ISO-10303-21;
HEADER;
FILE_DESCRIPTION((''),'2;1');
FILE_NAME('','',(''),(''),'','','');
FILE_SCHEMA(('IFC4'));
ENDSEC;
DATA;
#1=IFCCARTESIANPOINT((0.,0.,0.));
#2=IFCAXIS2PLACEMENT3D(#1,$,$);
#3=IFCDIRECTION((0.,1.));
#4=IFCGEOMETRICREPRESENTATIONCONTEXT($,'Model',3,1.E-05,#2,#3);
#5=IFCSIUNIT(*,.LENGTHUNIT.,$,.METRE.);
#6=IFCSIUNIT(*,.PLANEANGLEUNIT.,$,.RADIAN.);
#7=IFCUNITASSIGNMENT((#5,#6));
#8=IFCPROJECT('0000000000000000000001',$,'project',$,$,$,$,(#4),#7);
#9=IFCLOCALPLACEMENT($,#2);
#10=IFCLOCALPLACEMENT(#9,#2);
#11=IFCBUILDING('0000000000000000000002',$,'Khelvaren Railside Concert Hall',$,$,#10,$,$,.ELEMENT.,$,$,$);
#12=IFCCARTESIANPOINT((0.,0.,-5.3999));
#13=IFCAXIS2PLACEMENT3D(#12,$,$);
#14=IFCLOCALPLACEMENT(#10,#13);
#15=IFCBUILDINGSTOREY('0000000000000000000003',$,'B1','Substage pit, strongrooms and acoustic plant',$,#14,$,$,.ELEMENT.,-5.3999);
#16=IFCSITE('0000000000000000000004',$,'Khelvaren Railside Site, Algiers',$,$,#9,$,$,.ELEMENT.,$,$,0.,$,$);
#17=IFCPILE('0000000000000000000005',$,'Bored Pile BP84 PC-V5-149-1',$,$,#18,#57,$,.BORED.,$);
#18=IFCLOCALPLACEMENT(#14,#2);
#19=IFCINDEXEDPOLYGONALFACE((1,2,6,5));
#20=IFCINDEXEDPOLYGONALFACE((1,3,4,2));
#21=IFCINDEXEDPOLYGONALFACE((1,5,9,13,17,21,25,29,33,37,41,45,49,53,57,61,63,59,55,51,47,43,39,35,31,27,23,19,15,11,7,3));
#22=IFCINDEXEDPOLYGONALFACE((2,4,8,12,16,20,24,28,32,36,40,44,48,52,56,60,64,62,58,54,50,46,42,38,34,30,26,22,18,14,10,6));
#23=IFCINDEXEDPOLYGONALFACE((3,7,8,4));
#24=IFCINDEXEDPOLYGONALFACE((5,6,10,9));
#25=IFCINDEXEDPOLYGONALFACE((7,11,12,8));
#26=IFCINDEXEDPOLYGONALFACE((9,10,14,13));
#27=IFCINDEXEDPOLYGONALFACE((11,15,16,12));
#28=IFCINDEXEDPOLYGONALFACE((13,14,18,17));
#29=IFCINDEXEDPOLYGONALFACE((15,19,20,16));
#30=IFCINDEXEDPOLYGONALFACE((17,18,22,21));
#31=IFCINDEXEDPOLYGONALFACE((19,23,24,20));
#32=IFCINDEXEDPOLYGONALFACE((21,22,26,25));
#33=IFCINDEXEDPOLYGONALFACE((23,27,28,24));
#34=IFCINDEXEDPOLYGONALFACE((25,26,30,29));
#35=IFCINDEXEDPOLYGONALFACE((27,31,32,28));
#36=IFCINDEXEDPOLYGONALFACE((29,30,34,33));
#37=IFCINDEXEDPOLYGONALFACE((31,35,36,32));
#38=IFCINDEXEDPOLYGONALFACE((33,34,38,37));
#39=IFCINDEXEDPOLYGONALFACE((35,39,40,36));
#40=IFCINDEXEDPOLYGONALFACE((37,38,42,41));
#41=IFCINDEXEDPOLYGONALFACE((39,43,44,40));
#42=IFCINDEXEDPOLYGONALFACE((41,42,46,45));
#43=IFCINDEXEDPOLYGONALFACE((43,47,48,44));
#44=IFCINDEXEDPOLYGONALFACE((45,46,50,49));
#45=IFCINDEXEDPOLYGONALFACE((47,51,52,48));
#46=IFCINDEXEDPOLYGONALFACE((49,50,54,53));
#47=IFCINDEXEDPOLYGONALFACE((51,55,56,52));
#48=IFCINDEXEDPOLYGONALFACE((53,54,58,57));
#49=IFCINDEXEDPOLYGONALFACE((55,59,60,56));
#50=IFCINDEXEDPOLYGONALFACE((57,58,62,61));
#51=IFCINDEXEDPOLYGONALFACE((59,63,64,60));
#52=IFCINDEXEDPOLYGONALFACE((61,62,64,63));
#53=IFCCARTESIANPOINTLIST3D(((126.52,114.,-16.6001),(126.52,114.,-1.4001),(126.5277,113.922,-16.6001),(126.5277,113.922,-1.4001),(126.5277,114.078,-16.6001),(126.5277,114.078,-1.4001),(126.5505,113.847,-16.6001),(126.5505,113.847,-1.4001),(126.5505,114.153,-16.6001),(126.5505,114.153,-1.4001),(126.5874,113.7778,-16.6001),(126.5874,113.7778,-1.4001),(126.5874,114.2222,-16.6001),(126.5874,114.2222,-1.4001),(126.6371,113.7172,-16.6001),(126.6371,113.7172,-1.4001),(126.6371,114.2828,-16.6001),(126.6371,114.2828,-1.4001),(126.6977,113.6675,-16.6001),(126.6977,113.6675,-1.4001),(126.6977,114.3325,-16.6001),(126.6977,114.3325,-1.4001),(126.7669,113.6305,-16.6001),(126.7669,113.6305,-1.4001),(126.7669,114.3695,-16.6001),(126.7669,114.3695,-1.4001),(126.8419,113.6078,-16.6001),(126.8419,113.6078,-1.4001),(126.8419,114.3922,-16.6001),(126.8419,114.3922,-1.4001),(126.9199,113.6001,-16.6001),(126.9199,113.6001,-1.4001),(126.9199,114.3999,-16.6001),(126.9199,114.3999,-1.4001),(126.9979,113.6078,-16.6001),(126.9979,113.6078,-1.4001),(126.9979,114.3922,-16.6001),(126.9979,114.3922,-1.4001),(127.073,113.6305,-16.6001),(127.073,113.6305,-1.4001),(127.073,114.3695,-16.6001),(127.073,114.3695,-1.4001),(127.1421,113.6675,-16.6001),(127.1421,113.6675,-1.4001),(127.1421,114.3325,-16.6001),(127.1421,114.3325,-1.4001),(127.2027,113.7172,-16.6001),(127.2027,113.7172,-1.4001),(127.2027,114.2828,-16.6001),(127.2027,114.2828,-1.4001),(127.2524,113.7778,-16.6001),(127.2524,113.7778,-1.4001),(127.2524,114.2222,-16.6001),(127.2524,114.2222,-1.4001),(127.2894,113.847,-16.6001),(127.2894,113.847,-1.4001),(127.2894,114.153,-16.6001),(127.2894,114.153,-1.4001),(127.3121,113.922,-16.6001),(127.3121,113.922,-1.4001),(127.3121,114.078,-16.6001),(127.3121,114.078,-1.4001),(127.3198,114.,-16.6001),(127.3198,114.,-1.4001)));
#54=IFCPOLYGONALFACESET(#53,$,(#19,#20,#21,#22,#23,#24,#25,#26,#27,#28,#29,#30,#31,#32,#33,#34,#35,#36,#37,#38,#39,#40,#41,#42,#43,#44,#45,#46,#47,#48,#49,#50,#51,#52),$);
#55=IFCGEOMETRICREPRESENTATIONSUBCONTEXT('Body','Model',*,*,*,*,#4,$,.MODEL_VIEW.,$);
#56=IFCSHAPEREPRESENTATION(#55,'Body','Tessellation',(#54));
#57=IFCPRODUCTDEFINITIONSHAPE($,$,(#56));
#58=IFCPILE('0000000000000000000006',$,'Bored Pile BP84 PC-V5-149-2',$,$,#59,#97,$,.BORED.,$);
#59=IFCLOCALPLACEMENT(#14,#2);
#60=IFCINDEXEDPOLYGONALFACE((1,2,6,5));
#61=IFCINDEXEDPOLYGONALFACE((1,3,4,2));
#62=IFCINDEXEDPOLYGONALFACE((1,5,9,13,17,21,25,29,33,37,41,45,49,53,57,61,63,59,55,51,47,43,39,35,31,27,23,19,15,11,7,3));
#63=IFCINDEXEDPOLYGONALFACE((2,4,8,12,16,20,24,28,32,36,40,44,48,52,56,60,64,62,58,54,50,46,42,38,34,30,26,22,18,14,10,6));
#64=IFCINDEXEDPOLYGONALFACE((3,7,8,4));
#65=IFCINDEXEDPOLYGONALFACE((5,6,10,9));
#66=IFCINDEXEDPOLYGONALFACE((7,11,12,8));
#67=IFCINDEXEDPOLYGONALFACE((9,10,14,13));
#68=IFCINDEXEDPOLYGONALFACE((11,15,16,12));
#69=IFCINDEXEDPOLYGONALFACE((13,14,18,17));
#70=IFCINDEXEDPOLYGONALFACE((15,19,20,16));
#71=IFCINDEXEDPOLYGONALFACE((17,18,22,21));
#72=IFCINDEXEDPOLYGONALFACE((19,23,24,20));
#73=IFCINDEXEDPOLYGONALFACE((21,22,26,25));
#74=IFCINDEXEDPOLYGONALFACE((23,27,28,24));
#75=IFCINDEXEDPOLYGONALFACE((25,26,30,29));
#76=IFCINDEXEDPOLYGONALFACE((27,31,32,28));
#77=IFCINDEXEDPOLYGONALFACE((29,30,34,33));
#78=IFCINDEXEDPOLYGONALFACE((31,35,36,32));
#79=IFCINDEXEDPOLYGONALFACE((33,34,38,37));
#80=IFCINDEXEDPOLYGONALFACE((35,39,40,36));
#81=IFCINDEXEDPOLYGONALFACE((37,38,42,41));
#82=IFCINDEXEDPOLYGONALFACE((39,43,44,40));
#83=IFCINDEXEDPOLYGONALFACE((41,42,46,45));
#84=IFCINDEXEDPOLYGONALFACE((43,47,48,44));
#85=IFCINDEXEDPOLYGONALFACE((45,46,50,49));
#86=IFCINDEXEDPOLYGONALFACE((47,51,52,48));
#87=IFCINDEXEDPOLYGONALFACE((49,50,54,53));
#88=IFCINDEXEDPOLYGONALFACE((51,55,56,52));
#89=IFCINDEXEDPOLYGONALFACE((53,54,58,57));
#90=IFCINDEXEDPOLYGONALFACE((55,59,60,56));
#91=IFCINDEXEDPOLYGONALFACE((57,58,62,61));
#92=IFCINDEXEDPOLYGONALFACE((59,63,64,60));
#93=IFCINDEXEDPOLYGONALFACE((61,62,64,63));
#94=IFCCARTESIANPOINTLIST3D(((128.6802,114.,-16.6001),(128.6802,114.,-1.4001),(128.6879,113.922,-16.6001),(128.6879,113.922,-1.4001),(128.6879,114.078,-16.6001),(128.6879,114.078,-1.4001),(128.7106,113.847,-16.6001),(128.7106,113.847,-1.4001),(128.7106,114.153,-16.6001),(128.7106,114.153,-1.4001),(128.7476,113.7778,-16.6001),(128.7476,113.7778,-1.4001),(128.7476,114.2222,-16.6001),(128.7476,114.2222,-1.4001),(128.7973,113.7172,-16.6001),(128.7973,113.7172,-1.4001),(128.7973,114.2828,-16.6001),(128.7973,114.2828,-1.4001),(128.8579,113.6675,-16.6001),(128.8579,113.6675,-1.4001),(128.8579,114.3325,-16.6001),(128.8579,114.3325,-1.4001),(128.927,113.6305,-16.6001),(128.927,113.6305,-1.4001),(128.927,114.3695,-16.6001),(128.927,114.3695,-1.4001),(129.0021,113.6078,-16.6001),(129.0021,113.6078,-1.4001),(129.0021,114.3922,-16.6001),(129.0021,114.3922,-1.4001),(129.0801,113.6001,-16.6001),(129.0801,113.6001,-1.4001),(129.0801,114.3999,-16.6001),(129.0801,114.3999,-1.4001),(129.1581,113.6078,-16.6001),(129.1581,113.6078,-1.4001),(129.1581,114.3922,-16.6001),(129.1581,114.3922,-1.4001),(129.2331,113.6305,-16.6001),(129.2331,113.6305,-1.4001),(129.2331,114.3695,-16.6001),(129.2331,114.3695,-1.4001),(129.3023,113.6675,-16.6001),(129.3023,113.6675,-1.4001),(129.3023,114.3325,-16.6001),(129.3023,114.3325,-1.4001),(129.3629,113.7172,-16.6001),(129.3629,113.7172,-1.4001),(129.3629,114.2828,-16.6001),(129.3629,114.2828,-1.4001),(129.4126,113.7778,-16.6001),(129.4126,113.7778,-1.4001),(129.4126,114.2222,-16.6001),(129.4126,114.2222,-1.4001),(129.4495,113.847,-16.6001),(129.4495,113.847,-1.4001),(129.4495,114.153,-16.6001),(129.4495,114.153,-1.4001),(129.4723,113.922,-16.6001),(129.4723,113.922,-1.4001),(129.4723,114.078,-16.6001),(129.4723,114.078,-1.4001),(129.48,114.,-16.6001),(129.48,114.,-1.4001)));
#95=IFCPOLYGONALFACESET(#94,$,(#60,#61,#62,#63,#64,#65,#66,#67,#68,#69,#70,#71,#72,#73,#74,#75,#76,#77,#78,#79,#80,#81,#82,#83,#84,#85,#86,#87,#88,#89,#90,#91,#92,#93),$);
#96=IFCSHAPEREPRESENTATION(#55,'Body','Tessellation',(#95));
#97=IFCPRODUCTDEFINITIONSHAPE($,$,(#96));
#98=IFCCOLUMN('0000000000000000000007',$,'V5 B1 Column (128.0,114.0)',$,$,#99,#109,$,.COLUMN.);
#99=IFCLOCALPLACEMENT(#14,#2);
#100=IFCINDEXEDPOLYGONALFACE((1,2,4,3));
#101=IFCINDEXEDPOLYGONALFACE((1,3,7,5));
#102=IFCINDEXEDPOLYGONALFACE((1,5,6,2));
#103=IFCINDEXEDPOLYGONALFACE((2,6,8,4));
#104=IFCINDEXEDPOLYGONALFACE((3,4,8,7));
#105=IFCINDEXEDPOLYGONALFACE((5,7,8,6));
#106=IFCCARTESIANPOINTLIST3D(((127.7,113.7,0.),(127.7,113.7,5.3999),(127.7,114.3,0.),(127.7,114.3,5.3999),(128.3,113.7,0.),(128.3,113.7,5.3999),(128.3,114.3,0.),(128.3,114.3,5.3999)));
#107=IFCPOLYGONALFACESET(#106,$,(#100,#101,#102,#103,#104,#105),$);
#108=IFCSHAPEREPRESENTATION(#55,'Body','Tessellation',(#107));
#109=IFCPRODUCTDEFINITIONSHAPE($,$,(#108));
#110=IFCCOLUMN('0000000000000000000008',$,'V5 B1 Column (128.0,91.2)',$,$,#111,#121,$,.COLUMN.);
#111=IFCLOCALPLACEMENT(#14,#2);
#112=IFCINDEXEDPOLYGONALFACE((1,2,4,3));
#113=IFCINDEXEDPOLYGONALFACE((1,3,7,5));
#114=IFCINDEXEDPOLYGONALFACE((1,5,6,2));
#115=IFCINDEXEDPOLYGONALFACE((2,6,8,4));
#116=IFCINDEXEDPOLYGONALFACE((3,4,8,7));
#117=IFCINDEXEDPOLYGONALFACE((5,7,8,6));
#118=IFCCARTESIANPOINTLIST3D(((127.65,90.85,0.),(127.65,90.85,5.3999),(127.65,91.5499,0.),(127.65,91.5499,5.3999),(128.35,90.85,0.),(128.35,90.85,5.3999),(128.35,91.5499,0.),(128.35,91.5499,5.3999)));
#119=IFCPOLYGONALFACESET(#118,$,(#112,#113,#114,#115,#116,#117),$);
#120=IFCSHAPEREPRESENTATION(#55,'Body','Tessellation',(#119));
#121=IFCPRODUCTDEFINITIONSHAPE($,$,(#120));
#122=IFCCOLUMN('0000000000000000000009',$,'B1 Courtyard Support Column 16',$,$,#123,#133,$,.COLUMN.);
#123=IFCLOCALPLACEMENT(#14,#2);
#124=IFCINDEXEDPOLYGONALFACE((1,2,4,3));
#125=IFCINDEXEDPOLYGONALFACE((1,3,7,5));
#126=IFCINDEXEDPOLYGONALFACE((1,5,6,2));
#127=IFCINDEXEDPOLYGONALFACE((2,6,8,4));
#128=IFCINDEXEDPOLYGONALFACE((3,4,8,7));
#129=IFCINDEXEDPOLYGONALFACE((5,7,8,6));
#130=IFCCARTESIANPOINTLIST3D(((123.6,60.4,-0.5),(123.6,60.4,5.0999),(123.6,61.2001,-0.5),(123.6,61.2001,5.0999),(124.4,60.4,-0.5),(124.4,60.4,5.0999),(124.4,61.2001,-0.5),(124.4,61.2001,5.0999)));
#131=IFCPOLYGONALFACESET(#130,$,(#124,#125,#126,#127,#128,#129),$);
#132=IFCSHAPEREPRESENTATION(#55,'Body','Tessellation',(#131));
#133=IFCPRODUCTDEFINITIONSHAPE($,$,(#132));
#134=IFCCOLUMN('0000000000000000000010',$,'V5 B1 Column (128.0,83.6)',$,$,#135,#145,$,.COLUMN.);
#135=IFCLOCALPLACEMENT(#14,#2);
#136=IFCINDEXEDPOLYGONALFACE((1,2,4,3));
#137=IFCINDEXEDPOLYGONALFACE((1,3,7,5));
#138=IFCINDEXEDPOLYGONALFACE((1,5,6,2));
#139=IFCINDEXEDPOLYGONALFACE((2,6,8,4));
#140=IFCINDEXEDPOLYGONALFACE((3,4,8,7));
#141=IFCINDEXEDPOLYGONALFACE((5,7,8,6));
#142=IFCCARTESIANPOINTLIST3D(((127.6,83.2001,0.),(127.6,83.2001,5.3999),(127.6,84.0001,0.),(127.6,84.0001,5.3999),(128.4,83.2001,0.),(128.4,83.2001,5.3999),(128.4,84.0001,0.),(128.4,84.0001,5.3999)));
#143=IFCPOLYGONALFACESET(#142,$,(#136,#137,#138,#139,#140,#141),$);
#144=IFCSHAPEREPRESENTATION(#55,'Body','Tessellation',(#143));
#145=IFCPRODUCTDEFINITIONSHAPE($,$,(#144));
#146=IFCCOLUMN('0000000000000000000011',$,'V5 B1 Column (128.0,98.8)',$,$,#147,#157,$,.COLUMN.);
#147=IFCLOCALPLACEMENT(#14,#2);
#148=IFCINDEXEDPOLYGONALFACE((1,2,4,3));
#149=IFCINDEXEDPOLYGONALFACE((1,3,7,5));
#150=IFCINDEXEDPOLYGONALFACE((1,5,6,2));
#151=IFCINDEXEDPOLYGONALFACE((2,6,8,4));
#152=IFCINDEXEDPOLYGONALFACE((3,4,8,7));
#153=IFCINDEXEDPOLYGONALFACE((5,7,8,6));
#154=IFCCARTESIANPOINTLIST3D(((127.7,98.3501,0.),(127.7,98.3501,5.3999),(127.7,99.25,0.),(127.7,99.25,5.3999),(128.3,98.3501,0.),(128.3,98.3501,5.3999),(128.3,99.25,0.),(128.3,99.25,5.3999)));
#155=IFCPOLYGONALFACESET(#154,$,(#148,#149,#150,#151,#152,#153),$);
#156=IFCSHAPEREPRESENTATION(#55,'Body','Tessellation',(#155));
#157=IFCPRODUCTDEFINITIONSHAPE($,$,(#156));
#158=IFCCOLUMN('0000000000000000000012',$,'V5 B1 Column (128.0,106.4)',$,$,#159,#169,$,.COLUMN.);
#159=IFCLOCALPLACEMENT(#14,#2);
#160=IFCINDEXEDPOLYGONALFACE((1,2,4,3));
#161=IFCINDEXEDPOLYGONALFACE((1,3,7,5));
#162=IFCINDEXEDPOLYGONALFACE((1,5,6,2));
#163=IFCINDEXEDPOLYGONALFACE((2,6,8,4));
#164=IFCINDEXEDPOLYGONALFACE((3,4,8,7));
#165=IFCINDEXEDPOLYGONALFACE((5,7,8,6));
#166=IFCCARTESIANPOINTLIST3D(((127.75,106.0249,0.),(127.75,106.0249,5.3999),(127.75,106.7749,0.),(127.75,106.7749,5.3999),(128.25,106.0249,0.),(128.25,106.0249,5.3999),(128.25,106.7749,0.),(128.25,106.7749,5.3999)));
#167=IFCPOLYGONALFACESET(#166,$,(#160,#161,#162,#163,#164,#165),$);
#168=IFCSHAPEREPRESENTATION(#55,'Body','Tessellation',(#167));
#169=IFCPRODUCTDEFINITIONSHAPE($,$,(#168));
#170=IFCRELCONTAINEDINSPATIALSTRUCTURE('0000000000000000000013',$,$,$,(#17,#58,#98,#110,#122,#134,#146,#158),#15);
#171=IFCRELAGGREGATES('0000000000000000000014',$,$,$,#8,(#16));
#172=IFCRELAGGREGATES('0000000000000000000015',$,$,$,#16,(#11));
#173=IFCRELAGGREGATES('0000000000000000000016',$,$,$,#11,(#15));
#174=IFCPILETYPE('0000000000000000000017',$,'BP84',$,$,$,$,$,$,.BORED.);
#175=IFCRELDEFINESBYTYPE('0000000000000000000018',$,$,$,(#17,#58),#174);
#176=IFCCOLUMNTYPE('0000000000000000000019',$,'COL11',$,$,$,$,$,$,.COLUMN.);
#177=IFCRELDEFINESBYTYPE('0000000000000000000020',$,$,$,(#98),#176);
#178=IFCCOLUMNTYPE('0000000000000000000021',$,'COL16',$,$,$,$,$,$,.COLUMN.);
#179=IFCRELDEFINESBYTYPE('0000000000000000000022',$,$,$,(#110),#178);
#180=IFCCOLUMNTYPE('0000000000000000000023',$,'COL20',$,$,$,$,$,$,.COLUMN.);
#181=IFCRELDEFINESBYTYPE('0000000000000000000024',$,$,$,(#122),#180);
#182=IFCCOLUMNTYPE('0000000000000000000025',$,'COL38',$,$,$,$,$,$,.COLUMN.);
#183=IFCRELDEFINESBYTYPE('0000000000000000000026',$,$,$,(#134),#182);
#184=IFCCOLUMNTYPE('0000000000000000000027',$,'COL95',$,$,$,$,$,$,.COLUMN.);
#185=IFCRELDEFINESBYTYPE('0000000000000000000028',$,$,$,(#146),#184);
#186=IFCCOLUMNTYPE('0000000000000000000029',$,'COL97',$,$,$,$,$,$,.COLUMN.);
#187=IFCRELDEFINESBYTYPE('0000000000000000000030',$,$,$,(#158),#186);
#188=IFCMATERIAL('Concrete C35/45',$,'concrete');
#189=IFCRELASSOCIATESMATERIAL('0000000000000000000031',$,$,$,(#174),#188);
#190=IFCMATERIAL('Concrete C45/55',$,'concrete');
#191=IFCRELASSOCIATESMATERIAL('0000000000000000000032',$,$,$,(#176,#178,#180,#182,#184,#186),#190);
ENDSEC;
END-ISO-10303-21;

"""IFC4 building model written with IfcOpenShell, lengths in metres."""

from ifc_helpers import new_model, si_unit, direction, frame, origin, origin_2d, place, context, subcontext, project, spatial, rectangle, circle, extrude, material, material_profile, profile_set, type_object, element, save


model = new_model("IFC4")

# Units and contexts
model_context = context("Model", 3, precision=1e-05, world=origin(), true_north=direction((0.0, 1.0)))
body_context = subcontext(model_context, "Body", "Model", "MODEL_VIEW")
ifc_project = project(units=[si_unit("LENGTHUNIT", "METRE"), si_unit("PLANEANGLEUNIT", "RADIAN")], contexts=[model_context])

# Site, building, storey
site_placement = place(None, origin())
site = spatial("IfcSite", under=ifc_project, at=site_placement, Name="Khelvaren Railside Site, Algiers", CompositionType="ELEMENT", RefElevation=0.0)
building_placement = place(site_placement, origin())
building = spatial("IfcBuilding", under=site, at=building_placement, Name="Khelvaren Railside Concert Hall", CompositionType="ELEMENT")
storey_placement = place(building_placement, frame((0.0, 0.0, -5.3999)))
storey = spatial("IfcBuildingStorey", under=building, at=storey_placement, Name="B1", Description="Substage pit, strongrooms and acoustic plant", CompositionType="ELEMENT", Elevation=-5.3999)

# Piles
ifc_material_1 = material(Name="Concrete C35/45", Category="concrete")
ifc_material_profile_1 = material_profile(ifc_material_1, circle(Radius=0.3999, at=origin_2d()), Name="BP D800")
ifc_profile_set_1 = profile_set([ifc_material_profile_1], Name="Concrete C35/45")
pile_type = type_object("IfcPileType", Name="BP84", PredefinedType="BORED", material=ifc_profile_set_1)
for number, where, z_axis, x_axis, name in (
    (1, (126.9199, 114.0, -1.4001), (0.0, 0.0, -1.0), (1.0, 0.0, 0.0), "Bored Pile BP84 PC-V5-149-1"),
    (2, (129.0801, 114.0, -1.4001), (0.0, 0.0, -1.0), (1.0, 0.0, 0.0), "Bored Pile BP84 PC-V5-149-2"),
):
    element("IfcPile", number, at=place(storey_placement, frame(where, z_axis=z_axis, x_axis=x_axis)), inside=storey, type_object=pile_type, Name=name, PredefinedType="BORED", context=body_context, shape_type="SweptSolid", body=[
        extrude(circle(Radius=0.3999, at=origin_2d()), origin(), (0.0, 0.0, 1.0), 15.2),
    ])

# Columns
ifc_material_2 = material(Name="Concrete C45/55", Category="concrete")
ifc_material_profile_2 = material_profile(ifc_material_2, rectangle(XDim=0.6001, YDim=0.6001, at=origin_2d()), Name="RC 600x600")
ifc_profile_set_2 = profile_set([ifc_material_profile_2], Name="Concrete C45/55")
column_type_1 = type_object("IfcColumnType", Name="COL11", PredefinedType="COLUMN", material=ifc_profile_set_2)
column_1_placement = place(storey_placement, frame((128.0, 114.0, 0.0), z_axis=(0.0, 0.0, 1.0), x_axis=(1.0, 0.0, 0.0)))
element("IfcColumn", 3, at=column_1_placement, inside=storey, type_object=column_type_1, Name="V5 B1 Column (128.0,114.0)", PredefinedType="COLUMN", context=body_context, shape_type="SweptSolid", body=[
    extrude(rectangle(XDim=0.6001, YDim=0.6001, at=origin_2d()), origin(), (0.0, 0.0, 1.0), 5.3999),
])
ifc_material_profile_3 = material_profile(ifc_material_2, rectangle(XDim=0.7, YDim=0.7, at=origin_2d()), Name="RC 700x700")
ifc_profile_set_3 = profile_set([ifc_material_profile_3], Name="Concrete C45/55")
column_type_2 = type_object("IfcColumnType", Name="COL16", PredefinedType="COLUMN", material=ifc_profile_set_3)
column_2_placement = place(storey_placement, frame((128.0, 91.2, 0.0), z_axis=(0.0, 0.0, 1.0), x_axis=(1.0, 0.0, 0.0)))
element("IfcColumn", 4, at=column_2_placement, inside=storey, type_object=column_type_2, Name="V5 B1 Column (128.0,91.2)", PredefinedType="COLUMN", context=body_context, shape_type="SweptSolid", body=[
    extrude(rectangle(XDim=0.7, YDim=0.7, at=origin_2d()), origin(), (0.0, 0.0, 1.0), 5.3999),
])
ifc_material_profile_4 = material_profile(ifc_material_2, rectangle(XDim=0.8, YDim=0.8, at=origin_2d()), Name="RC 800x800")
ifc_profile_set_4 = profile_set([ifc_material_profile_4], Name="Concrete C45/55")
column_type_3 = type_object("IfcColumnType", Name="COL20", PredefinedType="COLUMN", material=ifc_profile_set_4)
column_3_placement = place(storey_placement, frame((124.0, 60.8, -0.5), z_axis=(0.0, 0.0, 1.0), x_axis=(1.0, 0.0, 0.0)))
element("IfcColumn", 5, at=column_3_placement, inside=storey, type_object=column_type_3, Name="B1 Courtyard Support Column 16", PredefinedType="COLUMN", context=body_context, shape_type="SweptSolid", body=[
    extrude(rectangle(XDim=0.8, YDim=0.8, at=origin_2d()), origin(), (0.0, 0.0, 1.0), 5.5999),
])
ifc_material_profile_5 = material_profile(ifc_material_2, rectangle(XDim=0.8, YDim=0.8, at=origin_2d()), Name="RC 800x800")
ifc_profile_set_5 = profile_set([ifc_material_profile_5], Name="Concrete C45/55")
column_type_4 = type_object("IfcColumnType", Name="COL38", PredefinedType="COLUMN", material=ifc_profile_set_5)
column_4_placement = place(storey_placement, frame((128.0, 83.6001, 0.0), z_axis=(0.0, 0.0, 1.0), x_axis=(1.0, 0.0, 0.0)))
element("IfcColumn", 6, at=column_4_placement, inside=storey, type_object=column_type_4, Name="V5 B1 Column (128.0,83.6)", PredefinedType="COLUMN", context=body_context, shape_type="SweptSolid", body=[
    extrude(rectangle(XDim=0.8, YDim=0.8, at=origin_2d()), origin(), (0.0, 0.0, 1.0), 5.3999),
])
ifc_material_profile_6 = material_profile(ifc_material_2, rectangle(XDim=0.6001, YDim=0.8999, at=origin_2d()), Name="RC 600x900")
ifc_profile_set_6 = profile_set([ifc_material_profile_6], Name="Concrete C45/55")
column_type_5 = type_object("IfcColumnType", Name="COL95", PredefinedType="COLUMN", material=ifc_profile_set_6)
column_5_placement = place(storey_placement, frame((128.0, 98.8, 0.0), z_axis=(0.0, 0.0, 1.0), x_axis=(1.0, 0.0, 0.0)))
element("IfcColumn", 7, at=column_5_placement, inside=storey, type_object=column_type_5, Name="V5 B1 Column (128.0,98.8)", PredefinedType="COLUMN", context=body_context, shape_type="SweptSolid", body=[
    extrude(rectangle(XDim=0.6001, YDim=0.8999, at=origin_2d()), origin(), (0.0, 0.0, 1.0), 5.3999),
])
ifc_material_profile_7 = material_profile(ifc_material_2, rectangle(XDim=0.5, YDim=0.75, at=origin_2d()), Name="RC 500x750")
ifc_profile_set_7 = profile_set([ifc_material_profile_7], Name="Concrete C45/55")
column_type_6 = type_object("IfcColumnType", Name="COL97", PredefinedType="COLUMN", material=ifc_profile_set_7)
column_6_placement = place(storey_placement, frame((128.0, 106.3999, 0.0), z_axis=(0.0, 0.0, 1.0), x_axis=(1.0, 0.0, 0.0)))
element("IfcColumn", 8, at=column_6_placement, inside=storey, type_object=column_type_6, Name="V5 B1 Column (128.0,106.4)", PredefinedType="COLUMN", context=body_context, shape_type="SweptSolid", body=[
    extrude(rectangle(XDim=0.5, YDim=0.75, at=origin_2d()), origin(), (0.0, 0.0, 1.0), 5.3999),
])

save(model, "model.ifc")
